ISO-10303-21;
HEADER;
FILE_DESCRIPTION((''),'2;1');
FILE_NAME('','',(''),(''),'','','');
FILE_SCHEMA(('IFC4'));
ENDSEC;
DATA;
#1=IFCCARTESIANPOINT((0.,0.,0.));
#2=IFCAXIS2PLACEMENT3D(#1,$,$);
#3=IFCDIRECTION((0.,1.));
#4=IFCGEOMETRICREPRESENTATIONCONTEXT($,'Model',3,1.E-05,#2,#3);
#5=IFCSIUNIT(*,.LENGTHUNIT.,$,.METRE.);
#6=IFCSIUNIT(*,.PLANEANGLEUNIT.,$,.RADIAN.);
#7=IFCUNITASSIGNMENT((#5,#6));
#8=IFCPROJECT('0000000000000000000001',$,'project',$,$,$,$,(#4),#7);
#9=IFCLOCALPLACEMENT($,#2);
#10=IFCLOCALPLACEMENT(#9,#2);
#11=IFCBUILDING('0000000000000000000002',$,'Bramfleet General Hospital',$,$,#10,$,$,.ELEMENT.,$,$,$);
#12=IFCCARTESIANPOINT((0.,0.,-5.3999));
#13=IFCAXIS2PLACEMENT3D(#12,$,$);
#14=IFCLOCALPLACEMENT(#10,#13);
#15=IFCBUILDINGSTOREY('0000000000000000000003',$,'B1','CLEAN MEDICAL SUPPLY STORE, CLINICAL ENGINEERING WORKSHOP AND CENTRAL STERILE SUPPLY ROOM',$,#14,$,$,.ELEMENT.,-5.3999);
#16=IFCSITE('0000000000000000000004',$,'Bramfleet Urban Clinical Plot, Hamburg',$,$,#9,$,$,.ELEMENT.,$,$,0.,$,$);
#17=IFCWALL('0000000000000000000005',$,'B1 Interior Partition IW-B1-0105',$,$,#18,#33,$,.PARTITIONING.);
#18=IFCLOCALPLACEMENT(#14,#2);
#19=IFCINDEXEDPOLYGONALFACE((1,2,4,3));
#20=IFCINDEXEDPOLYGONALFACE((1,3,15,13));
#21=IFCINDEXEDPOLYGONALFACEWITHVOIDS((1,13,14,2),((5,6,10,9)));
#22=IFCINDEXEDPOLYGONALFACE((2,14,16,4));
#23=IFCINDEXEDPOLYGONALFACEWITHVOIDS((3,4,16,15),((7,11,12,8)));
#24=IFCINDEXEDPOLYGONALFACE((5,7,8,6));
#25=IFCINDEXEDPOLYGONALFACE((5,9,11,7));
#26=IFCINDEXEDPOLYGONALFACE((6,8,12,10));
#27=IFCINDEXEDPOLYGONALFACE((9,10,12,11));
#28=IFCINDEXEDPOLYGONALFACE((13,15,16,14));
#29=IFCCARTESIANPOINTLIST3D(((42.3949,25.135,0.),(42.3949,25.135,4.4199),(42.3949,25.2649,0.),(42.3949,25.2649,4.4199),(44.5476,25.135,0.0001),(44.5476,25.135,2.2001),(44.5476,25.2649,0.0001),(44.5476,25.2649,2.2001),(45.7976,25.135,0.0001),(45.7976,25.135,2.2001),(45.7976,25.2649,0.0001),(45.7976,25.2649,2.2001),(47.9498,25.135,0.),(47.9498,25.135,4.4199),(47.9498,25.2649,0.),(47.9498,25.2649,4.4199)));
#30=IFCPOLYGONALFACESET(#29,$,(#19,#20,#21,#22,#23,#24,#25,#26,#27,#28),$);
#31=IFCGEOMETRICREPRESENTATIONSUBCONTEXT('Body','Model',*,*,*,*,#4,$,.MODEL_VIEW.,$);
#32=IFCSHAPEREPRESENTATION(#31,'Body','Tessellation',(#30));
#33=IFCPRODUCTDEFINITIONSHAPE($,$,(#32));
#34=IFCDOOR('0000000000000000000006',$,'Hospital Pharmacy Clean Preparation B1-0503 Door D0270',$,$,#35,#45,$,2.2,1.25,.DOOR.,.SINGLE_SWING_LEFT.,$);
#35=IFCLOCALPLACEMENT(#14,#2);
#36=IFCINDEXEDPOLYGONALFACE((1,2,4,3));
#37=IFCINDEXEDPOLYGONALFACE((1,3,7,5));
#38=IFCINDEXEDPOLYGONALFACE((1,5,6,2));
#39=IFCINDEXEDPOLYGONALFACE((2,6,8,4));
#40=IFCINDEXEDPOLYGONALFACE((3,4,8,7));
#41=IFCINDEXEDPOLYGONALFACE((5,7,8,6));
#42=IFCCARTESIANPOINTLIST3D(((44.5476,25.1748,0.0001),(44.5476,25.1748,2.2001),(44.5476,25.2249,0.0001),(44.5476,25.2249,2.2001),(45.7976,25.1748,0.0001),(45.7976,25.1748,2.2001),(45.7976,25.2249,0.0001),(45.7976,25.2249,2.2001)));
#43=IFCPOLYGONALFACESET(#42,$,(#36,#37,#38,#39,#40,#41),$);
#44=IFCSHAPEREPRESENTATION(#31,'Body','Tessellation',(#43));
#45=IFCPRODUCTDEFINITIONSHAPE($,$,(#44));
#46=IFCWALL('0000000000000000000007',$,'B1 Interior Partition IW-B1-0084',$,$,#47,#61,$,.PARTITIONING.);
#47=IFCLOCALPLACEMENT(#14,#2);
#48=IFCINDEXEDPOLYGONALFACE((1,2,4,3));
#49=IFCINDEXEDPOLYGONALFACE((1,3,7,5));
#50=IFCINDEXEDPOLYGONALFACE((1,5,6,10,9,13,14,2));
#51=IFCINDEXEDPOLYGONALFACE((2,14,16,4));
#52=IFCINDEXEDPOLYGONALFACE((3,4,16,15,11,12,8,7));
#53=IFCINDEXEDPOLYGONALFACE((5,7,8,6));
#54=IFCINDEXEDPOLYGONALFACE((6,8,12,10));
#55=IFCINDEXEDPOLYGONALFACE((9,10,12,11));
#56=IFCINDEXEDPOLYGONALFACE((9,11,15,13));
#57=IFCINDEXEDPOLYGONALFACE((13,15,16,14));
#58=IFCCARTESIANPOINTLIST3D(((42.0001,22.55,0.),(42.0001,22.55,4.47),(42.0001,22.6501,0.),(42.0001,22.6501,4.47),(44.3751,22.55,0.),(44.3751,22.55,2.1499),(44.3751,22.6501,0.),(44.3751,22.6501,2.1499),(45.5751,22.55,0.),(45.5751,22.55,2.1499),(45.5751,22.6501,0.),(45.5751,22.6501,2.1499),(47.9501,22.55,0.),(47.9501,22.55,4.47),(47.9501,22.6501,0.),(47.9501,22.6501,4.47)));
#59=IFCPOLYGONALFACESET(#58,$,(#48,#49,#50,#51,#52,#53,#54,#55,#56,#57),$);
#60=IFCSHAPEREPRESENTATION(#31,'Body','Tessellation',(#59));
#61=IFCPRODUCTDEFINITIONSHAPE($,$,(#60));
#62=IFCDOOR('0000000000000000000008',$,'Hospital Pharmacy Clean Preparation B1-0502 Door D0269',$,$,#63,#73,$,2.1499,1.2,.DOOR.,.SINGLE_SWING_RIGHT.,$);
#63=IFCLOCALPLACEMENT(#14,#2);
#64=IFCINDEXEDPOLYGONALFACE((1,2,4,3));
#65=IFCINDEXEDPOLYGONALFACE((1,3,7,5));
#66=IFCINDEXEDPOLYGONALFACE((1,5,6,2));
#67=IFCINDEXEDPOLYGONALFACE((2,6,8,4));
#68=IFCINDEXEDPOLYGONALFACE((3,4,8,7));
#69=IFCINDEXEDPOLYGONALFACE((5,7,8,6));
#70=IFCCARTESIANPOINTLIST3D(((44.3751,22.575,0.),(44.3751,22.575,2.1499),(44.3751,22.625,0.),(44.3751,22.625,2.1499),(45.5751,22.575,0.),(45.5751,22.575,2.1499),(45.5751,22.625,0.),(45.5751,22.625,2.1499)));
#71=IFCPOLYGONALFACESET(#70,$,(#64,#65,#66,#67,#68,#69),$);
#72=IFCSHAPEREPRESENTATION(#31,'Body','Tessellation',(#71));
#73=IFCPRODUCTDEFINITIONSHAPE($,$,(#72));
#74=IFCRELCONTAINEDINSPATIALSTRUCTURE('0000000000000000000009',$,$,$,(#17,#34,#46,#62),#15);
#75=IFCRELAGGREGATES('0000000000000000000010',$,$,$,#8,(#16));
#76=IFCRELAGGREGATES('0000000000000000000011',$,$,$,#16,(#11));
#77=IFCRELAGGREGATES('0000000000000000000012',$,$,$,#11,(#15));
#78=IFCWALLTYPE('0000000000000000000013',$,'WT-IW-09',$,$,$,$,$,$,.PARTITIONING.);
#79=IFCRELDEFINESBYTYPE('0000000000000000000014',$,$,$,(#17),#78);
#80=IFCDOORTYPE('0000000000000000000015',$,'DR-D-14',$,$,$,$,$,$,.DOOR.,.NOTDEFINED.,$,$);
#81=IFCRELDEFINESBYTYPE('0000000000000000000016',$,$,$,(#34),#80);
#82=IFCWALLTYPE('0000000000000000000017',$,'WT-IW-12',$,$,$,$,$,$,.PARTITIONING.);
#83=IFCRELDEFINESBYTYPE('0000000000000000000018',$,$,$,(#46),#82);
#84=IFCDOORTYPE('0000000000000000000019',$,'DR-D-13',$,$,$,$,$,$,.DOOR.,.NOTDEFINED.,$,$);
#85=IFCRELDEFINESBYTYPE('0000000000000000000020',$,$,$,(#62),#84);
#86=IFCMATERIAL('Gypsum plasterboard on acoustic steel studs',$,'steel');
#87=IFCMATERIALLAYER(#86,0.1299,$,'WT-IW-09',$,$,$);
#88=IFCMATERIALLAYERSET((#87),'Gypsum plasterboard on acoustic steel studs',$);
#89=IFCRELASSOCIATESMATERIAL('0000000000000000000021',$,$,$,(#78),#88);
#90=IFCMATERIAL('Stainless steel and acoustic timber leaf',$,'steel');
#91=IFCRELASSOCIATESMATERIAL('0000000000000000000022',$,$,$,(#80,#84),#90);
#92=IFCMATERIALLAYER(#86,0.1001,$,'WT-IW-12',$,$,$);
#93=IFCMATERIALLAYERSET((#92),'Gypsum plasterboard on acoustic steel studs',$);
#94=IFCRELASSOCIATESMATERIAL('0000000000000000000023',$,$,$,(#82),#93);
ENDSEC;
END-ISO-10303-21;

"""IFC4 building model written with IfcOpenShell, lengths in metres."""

from ifc_helpers import new_model, si_unit, direction, frame, frame_2d, origin, place, context, subcontext, project, spatial, rectangle, extrude, material, layer, layer_set, type_object, element, fill, save


model = new_model("IFC4")

# Units and contexts
model_context = context("Model", 3, precision=1e-05, world=origin(), true_north=direction((0.0, 1.0)))
body_context = subcontext(model_context, "Body", "Model", "MODEL_VIEW")
ifc_project = project(units=[si_unit("LENGTHUNIT", "METRE"), si_unit("PLANEANGLEUNIT", "RADIAN")], contexts=[model_context])

# Site, building, storey
site_placement = place(None, origin())
site = spatial("IfcSite", under=ifc_project, at=site_placement, Name="Bramfleet Urban Clinical Plot, Hamburg", CompositionType="ELEMENT", RefElevation=0.0)
building_placement = place(site_placement, origin())
building = spatial("IfcBuilding", under=site, at=building_placement, Name="Bramfleet General Hospital", CompositionType="ELEMENT")
storey_placement = place(building_placement, frame((0.0, 0.0, -5.3999)))
storey = spatial("IfcBuildingStorey", under=building, at=storey_placement, Name="B1", Description="CLEAN MEDICAL SUPPLY STORE, CLINICAL ENGINEERING WORKSHOP AND CENTRAL STERILE SUPPLY ROOM", CompositionType="ELEMENT", Elevation=-5.3999)

# Shared definitions
ifc_material_1 = material(Name="Gypsum plasterboard on acoustic steel studs", Category="steel")

# Walls, openings, doors
ifc_layer_1 = layer(ifc_material_1, 0.1299, Name="WT-IW-09")
ifc_layer_set_1 = layer_set([ifc_layer_1], Name="Gypsum plasterboard on acoustic steel studs")
wall_type_1 = type_object("IfcWallType", Name="WT-IW-09", PredefinedType="PARTITIONING", material=ifc_layer_set_1)
wall_1_placement = place(storey_placement, frame((42.395, 25.2, 0.0), z_axis=(0.0, 0.0, 1.0), x_axis=(1.0, 0.0, 0.0)))
wall_1 = element("IfcWall", 1, at=wall_1_placement, inside=storey, type_object=wall_type_1, Name="B1 Interior Partition IW-B1-0105", PredefinedType="PARTITIONING", context=body_context, shape_type="SweptSolid", body=[
    extrude(rectangle(XDim=5.5549, YDim=0.1299, at=frame_2d((2.7773, 0.0))), origin(), (0.0, 0.0, 1.0), 4.4199),
])
opening_1_placement = place(wall_1_placement, frame((2.1526, 0.0, 0.0)))
opening_1 = element("IfcOpeningElement", 2, at=opening_1_placement, cuts=wall_1, PredefinedType="OPENING", context=body_context, shape_type="SweptSolid", body=[
    extrude(rectangle(XDim=1.25, YDim=2.2, at=frame_2d((0.625, 1.1001))), frame((0.0, 0.075, 0.0), z_axis=(0.0, -1.0, 0.0), x_axis=(1.0, 0.0, 0.0)), (0.0, 0.0, 1.0), 0.1499),
])
ifc_material_2 = material(Name="Stainless steel and acoustic timber leaf", Category="steel")
door_type_1 = type_object("IfcDoorType", Name="DR-D-14", OperationType="NOTDEFINED", PredefinedType="DOOR", material=ifc_material_2)
door_1_placement = place(opening_1_placement, origin())
door_1 = element("IfcDoor", 3, at=door_1_placement, inside=storey, type_object=door_type_1, Name="Hospital Pharmacy Clean Preparation B1-0503 Door D0270", OperationType="SINGLE_SWING_LEFT", OverallHeight=2.2, OverallWidth=1.25, PredefinedType="DOOR", context=body_context, shape_type="SweptSolid", body=[
    extrude(rectangle(XDim=1.25, YDim=2.2, at=frame_2d((0.625, 1.1001))), frame((0.0, 0.0249, 0.0), z_axis=(0.0, -1.0, 0.0), x_axis=(1.0, 0.0, 0.0)), (0.0, 0.0, 1.0), 0.05),
])
fill(opening_1, door_1)
ifc_layer_2 = layer(ifc_material_1, 0.1001, Name="WT-IW-12")
ifc_layer_set_2 = layer_set([ifc_layer_2], Name="Gypsum plasterboard on acoustic steel studs")
wall_type_2 = type_object("IfcWallType", Name="WT-IW-12", PredefinedType="PARTITIONING", material=ifc_layer_set_2)
wall_2_placement = place(storey_placement, frame((42.0, 22.6001, 0.0), z_axis=(0.0, 0.0, 1.0), x_axis=(1.0, 0.0, 0.0)))
wall_2 = element("IfcWall", 4, at=wall_2_placement, inside=storey, type_object=wall_type_2, Name="B1 Interior Partition IW-B1-0084", PredefinedType="PARTITIONING", context=body_context, shape_type="SweptSolid", body=[
    extrude(rectangle(XDim=5.95, YDim=0.1001, at=frame_2d((2.9751, 0.0))), origin(), (0.0, 0.0, 1.0), 4.47),
])
opening_2_placement = place(wall_2_placement, frame((2.375, 0.0, 0.0)))
opening_2 = element("IfcOpeningElement", 5, at=opening_2_placement, cuts=wall_2, PredefinedType="OPENING", context=body_context, shape_type="SweptSolid", body=[
    extrude(rectangle(XDim=1.2, YDim=2.1499, at=frame_2d((0.6001, 1.075))), frame((0.0, 0.0601, 0.0), z_axis=(0.0, -1.0, 0.0), x_axis=(1.0, 0.0, 0.0)), (0.0, 0.0, 1.0), 0.1201),
])
door_type_2 = type_object("IfcDoorType", Name="DR-D-13", OperationType="NOTDEFINED", PredefinedType="DOOR", material=ifc_material_2)
door_2_placement = place(opening_2_placement, origin())
door_2 = element("IfcDoor", 6, at=door_2_placement, inside=storey, type_object=door_type_2, Name="Hospital Pharmacy Clean Preparation B1-0502 Door D0269", OperationType="SINGLE_SWING_RIGHT", OverallHeight=2.1499, OverallWidth=1.2, PredefinedType="DOOR", context=body_context, shape_type="SweptSolid", body=[
    extrude(rectangle(XDim=1.2, YDim=2.1499, at=frame_2d((0.6001, 1.075))), frame((0.0, 0.0249, 0.0), z_axis=(0.0, -1.0, 0.0), x_axis=(1.0, 0.0, 0.0)), (0.0, 0.0, 1.0), 0.05),
])
fill(opening_2, door_2)

save(model, "model.ifc")
